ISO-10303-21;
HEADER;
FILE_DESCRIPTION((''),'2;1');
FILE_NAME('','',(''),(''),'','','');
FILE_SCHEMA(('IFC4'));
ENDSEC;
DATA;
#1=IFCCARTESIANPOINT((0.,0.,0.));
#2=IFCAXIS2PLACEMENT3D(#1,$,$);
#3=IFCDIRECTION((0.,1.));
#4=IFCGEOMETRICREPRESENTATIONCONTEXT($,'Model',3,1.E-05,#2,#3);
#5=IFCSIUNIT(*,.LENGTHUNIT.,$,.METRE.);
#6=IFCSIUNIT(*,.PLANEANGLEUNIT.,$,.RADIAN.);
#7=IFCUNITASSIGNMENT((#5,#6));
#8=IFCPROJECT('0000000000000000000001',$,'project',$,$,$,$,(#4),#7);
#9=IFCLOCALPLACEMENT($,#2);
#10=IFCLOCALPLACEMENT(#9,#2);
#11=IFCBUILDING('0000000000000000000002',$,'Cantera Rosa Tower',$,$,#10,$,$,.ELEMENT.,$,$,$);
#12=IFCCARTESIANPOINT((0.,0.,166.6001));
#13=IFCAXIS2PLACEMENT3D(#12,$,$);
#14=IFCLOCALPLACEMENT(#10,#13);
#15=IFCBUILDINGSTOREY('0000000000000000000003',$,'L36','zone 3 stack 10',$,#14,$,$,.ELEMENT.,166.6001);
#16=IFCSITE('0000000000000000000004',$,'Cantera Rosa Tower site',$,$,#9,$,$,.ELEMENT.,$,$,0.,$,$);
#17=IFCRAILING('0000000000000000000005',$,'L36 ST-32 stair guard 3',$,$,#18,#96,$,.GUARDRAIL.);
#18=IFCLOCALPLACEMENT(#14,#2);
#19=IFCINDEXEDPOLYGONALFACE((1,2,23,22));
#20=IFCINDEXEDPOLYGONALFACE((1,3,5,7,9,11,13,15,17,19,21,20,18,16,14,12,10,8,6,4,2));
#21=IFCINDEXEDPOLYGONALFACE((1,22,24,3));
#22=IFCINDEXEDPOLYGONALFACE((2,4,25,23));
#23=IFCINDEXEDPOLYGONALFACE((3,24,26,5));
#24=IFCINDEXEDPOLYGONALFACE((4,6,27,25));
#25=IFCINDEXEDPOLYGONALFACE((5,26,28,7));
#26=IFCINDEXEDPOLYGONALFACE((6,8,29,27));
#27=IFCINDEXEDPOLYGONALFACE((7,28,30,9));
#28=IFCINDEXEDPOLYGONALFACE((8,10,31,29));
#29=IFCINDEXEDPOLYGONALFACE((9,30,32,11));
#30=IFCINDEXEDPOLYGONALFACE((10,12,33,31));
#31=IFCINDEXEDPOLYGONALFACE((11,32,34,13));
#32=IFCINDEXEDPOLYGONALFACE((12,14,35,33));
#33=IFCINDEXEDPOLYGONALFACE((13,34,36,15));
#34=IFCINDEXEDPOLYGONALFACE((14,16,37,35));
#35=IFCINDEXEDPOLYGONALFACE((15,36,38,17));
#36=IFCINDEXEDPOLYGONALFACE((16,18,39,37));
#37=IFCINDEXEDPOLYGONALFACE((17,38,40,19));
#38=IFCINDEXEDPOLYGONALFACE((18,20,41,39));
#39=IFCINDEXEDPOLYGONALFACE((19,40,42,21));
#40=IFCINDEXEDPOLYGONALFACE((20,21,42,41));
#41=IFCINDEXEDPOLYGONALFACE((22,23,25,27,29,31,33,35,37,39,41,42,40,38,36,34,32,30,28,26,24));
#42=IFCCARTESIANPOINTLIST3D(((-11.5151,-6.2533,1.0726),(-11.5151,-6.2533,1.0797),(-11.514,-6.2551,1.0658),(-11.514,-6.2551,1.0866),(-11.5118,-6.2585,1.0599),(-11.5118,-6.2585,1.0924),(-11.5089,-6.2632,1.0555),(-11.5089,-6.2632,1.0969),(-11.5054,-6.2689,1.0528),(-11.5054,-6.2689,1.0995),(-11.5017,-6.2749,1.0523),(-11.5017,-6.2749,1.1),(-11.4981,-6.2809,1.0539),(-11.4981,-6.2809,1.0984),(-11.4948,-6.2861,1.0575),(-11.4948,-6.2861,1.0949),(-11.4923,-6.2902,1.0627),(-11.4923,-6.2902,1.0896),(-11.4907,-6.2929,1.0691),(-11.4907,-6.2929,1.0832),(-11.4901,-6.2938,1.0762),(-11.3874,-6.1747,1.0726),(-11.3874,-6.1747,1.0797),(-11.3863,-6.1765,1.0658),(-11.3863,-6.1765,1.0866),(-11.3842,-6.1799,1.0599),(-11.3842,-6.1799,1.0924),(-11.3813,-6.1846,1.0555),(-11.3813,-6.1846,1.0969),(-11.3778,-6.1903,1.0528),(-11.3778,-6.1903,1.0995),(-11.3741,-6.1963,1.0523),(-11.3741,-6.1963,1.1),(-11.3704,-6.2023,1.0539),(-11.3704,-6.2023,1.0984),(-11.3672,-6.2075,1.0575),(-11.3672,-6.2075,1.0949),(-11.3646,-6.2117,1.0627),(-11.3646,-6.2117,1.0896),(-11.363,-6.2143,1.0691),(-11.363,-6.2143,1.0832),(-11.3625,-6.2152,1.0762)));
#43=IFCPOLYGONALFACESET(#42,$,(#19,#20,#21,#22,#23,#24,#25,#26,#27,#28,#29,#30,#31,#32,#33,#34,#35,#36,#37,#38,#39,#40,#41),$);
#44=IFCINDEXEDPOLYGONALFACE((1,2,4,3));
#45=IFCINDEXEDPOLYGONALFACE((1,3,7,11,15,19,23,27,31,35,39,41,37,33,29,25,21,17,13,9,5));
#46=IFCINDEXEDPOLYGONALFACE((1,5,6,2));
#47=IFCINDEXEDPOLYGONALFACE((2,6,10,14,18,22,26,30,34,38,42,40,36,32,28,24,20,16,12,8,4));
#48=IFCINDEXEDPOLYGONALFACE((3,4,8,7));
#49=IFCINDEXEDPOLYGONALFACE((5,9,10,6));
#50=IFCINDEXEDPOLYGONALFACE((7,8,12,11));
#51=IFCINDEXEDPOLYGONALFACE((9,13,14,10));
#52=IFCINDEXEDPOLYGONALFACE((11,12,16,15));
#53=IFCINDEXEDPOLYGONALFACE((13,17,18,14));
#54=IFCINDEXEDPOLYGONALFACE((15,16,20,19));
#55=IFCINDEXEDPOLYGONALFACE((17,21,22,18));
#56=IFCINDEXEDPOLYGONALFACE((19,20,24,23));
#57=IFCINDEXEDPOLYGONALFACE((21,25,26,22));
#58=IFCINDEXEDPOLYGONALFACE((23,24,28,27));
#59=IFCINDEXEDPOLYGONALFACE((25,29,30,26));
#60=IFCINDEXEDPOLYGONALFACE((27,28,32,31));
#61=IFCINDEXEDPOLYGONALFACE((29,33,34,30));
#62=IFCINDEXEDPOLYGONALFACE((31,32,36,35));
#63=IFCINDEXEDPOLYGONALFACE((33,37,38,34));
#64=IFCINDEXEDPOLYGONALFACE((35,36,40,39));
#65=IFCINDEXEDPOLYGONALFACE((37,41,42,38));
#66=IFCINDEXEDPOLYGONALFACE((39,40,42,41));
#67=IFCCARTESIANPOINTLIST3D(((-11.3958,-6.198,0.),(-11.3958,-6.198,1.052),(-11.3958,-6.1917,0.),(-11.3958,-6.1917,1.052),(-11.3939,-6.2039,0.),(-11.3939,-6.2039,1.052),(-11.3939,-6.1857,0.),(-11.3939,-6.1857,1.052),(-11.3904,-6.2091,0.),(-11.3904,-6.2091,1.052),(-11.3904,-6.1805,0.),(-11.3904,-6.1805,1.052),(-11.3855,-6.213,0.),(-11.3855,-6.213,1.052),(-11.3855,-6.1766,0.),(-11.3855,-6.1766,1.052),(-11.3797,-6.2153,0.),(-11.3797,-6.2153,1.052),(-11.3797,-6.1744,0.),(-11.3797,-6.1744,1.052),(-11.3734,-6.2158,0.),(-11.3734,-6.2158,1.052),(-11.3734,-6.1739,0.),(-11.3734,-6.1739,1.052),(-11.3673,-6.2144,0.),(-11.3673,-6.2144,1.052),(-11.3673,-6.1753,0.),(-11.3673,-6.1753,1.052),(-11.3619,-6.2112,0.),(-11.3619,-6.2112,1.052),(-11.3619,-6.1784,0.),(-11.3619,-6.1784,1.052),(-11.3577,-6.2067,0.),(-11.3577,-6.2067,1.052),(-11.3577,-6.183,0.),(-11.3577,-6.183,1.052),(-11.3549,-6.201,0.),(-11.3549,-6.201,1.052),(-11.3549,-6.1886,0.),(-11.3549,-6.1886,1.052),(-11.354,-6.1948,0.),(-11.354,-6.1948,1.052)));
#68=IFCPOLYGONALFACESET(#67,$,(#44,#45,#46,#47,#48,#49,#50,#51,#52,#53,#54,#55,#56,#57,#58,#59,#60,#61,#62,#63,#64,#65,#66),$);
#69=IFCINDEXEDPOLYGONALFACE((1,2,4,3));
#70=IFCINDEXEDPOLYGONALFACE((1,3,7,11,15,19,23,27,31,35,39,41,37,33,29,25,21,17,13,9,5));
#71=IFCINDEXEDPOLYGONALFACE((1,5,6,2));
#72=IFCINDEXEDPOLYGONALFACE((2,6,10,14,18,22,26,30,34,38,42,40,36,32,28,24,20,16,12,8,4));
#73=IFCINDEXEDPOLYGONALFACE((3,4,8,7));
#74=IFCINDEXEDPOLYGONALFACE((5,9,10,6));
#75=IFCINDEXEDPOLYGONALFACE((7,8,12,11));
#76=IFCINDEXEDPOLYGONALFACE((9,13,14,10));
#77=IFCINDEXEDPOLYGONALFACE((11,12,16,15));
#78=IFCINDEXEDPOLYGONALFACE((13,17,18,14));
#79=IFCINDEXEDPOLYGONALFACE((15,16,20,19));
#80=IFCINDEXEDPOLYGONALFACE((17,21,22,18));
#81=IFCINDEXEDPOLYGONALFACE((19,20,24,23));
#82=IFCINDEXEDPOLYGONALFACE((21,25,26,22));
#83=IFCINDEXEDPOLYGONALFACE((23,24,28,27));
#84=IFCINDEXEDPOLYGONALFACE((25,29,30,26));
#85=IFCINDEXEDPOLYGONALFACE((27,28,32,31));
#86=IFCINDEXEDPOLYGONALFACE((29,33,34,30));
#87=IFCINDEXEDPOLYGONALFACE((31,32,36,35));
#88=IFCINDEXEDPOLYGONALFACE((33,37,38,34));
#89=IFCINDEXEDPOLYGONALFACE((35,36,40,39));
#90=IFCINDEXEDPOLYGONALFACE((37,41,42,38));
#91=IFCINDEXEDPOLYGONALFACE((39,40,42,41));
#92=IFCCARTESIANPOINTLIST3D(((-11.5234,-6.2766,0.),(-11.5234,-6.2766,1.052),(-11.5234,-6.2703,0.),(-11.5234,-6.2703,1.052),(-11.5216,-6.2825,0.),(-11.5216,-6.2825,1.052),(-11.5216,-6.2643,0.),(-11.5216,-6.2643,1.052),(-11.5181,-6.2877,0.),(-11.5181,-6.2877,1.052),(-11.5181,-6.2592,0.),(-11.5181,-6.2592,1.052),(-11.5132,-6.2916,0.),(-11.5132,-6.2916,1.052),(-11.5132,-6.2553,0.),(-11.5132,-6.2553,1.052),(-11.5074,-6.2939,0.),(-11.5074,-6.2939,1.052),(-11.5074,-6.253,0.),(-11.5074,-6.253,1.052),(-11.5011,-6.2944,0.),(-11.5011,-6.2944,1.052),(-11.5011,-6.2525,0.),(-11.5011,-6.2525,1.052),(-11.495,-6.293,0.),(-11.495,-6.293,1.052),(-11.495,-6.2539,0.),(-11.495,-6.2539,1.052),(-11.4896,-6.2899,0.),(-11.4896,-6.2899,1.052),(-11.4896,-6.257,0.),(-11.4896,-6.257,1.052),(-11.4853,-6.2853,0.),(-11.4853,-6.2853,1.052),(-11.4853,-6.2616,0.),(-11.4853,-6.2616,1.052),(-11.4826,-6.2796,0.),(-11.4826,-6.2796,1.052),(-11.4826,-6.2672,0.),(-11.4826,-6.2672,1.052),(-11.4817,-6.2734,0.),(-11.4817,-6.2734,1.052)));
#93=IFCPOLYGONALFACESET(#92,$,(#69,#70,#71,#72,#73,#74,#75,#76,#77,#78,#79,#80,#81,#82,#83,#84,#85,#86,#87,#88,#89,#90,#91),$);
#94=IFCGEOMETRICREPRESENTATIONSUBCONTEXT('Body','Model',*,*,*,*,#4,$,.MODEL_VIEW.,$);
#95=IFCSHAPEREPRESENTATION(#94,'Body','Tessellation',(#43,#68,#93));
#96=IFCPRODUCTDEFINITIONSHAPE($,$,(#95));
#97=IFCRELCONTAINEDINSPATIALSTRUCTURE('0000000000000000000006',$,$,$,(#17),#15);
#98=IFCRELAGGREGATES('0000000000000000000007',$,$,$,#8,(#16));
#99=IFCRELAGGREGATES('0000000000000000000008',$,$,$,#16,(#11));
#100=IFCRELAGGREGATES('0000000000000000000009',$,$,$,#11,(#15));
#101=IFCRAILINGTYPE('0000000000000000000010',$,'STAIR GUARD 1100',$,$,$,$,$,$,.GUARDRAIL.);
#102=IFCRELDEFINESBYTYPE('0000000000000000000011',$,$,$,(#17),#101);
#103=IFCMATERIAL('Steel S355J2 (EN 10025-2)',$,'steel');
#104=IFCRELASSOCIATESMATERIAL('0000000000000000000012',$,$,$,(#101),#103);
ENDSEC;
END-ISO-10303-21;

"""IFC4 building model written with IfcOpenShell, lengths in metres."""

from ifc_helpers import new_model, si_unit, direction, frame, origin, origin_2d, place, context, subcontext, project, spatial, circle, extrude, material, type_object, element, save


model = new_model("IFC4")

# Units and contexts
model_context = context("Model", 3, precision=1e-05, world=origin(), true_north=direction((0.0, 1.0)))
body_context = subcontext(model_context, "Body", "Model", "MODEL_VIEW")
ifc_project = project(units=[si_unit("LENGTHUNIT", "METRE"), si_unit("PLANEANGLEUNIT", "RADIAN")], contexts=[model_context])

# Site, building, storey
site_placement = place(None, origin())
site = spatial("IfcSite", under=ifc_project, at=site_placement, Name="Cantera Rosa Tower site", CompositionType="ELEMENT", RefElevation=0.0)
building_placement = place(site_placement, origin())
building = spatial("IfcBuilding", under=site, at=building_placement, Name="Cantera Rosa Tower", CompositionType="ELEMENT")
storey_placement = place(building_placement, frame((0.0, 0.0, 166.6001)))
storey = spatial("IfcBuildingStorey", under=building, at=storey_placement, Name="L36", Description="zone 3 stack 10", CompositionType="ELEMENT", Elevation=166.6001)

# Railing
ifc_material_1 = material(Name="Steel S355J2 (EN 10025-2)", Category="steel")
railing_type_1 = type_object("IfcRailingType", Name="STAIR GUARD 1100", PredefinedType="GUARDRAIL", material=ifc_material_1)
railing_1_placement = place(storey_placement, frame((-11.375, -6.1948, 0.0)))
element("IfcRailing", 1, at=railing_1_placement, inside=storey, type_object=railing_type_1, Name="L36 ST-32 stair guard 3", PredefinedType="GUARDRAIL", context=body_context, shape_type="SweptSolid", body=[
    extrude(circle(Radius=0.0239, at=origin_2d()), frame((0.0, 0.0, 1.0762), z_axis=(-0.851546, -0.524279, 0.0), x_axis=(0.524279, -0.851546, 0.0)), (0.0, 0.0, 1.0), 0.1499),
    extrude(circle(Radius=0.021, at=origin_2d()), origin(), (0.0, 0.0, 1.0), 1.052),
    extrude(circle(Radius=0.021, at=origin_2d()), frame((-0.1277, -0.0786, 0.0)), (0.0, 0.0, 1.0), 1.052),
])

save(model, "model.ifc")
